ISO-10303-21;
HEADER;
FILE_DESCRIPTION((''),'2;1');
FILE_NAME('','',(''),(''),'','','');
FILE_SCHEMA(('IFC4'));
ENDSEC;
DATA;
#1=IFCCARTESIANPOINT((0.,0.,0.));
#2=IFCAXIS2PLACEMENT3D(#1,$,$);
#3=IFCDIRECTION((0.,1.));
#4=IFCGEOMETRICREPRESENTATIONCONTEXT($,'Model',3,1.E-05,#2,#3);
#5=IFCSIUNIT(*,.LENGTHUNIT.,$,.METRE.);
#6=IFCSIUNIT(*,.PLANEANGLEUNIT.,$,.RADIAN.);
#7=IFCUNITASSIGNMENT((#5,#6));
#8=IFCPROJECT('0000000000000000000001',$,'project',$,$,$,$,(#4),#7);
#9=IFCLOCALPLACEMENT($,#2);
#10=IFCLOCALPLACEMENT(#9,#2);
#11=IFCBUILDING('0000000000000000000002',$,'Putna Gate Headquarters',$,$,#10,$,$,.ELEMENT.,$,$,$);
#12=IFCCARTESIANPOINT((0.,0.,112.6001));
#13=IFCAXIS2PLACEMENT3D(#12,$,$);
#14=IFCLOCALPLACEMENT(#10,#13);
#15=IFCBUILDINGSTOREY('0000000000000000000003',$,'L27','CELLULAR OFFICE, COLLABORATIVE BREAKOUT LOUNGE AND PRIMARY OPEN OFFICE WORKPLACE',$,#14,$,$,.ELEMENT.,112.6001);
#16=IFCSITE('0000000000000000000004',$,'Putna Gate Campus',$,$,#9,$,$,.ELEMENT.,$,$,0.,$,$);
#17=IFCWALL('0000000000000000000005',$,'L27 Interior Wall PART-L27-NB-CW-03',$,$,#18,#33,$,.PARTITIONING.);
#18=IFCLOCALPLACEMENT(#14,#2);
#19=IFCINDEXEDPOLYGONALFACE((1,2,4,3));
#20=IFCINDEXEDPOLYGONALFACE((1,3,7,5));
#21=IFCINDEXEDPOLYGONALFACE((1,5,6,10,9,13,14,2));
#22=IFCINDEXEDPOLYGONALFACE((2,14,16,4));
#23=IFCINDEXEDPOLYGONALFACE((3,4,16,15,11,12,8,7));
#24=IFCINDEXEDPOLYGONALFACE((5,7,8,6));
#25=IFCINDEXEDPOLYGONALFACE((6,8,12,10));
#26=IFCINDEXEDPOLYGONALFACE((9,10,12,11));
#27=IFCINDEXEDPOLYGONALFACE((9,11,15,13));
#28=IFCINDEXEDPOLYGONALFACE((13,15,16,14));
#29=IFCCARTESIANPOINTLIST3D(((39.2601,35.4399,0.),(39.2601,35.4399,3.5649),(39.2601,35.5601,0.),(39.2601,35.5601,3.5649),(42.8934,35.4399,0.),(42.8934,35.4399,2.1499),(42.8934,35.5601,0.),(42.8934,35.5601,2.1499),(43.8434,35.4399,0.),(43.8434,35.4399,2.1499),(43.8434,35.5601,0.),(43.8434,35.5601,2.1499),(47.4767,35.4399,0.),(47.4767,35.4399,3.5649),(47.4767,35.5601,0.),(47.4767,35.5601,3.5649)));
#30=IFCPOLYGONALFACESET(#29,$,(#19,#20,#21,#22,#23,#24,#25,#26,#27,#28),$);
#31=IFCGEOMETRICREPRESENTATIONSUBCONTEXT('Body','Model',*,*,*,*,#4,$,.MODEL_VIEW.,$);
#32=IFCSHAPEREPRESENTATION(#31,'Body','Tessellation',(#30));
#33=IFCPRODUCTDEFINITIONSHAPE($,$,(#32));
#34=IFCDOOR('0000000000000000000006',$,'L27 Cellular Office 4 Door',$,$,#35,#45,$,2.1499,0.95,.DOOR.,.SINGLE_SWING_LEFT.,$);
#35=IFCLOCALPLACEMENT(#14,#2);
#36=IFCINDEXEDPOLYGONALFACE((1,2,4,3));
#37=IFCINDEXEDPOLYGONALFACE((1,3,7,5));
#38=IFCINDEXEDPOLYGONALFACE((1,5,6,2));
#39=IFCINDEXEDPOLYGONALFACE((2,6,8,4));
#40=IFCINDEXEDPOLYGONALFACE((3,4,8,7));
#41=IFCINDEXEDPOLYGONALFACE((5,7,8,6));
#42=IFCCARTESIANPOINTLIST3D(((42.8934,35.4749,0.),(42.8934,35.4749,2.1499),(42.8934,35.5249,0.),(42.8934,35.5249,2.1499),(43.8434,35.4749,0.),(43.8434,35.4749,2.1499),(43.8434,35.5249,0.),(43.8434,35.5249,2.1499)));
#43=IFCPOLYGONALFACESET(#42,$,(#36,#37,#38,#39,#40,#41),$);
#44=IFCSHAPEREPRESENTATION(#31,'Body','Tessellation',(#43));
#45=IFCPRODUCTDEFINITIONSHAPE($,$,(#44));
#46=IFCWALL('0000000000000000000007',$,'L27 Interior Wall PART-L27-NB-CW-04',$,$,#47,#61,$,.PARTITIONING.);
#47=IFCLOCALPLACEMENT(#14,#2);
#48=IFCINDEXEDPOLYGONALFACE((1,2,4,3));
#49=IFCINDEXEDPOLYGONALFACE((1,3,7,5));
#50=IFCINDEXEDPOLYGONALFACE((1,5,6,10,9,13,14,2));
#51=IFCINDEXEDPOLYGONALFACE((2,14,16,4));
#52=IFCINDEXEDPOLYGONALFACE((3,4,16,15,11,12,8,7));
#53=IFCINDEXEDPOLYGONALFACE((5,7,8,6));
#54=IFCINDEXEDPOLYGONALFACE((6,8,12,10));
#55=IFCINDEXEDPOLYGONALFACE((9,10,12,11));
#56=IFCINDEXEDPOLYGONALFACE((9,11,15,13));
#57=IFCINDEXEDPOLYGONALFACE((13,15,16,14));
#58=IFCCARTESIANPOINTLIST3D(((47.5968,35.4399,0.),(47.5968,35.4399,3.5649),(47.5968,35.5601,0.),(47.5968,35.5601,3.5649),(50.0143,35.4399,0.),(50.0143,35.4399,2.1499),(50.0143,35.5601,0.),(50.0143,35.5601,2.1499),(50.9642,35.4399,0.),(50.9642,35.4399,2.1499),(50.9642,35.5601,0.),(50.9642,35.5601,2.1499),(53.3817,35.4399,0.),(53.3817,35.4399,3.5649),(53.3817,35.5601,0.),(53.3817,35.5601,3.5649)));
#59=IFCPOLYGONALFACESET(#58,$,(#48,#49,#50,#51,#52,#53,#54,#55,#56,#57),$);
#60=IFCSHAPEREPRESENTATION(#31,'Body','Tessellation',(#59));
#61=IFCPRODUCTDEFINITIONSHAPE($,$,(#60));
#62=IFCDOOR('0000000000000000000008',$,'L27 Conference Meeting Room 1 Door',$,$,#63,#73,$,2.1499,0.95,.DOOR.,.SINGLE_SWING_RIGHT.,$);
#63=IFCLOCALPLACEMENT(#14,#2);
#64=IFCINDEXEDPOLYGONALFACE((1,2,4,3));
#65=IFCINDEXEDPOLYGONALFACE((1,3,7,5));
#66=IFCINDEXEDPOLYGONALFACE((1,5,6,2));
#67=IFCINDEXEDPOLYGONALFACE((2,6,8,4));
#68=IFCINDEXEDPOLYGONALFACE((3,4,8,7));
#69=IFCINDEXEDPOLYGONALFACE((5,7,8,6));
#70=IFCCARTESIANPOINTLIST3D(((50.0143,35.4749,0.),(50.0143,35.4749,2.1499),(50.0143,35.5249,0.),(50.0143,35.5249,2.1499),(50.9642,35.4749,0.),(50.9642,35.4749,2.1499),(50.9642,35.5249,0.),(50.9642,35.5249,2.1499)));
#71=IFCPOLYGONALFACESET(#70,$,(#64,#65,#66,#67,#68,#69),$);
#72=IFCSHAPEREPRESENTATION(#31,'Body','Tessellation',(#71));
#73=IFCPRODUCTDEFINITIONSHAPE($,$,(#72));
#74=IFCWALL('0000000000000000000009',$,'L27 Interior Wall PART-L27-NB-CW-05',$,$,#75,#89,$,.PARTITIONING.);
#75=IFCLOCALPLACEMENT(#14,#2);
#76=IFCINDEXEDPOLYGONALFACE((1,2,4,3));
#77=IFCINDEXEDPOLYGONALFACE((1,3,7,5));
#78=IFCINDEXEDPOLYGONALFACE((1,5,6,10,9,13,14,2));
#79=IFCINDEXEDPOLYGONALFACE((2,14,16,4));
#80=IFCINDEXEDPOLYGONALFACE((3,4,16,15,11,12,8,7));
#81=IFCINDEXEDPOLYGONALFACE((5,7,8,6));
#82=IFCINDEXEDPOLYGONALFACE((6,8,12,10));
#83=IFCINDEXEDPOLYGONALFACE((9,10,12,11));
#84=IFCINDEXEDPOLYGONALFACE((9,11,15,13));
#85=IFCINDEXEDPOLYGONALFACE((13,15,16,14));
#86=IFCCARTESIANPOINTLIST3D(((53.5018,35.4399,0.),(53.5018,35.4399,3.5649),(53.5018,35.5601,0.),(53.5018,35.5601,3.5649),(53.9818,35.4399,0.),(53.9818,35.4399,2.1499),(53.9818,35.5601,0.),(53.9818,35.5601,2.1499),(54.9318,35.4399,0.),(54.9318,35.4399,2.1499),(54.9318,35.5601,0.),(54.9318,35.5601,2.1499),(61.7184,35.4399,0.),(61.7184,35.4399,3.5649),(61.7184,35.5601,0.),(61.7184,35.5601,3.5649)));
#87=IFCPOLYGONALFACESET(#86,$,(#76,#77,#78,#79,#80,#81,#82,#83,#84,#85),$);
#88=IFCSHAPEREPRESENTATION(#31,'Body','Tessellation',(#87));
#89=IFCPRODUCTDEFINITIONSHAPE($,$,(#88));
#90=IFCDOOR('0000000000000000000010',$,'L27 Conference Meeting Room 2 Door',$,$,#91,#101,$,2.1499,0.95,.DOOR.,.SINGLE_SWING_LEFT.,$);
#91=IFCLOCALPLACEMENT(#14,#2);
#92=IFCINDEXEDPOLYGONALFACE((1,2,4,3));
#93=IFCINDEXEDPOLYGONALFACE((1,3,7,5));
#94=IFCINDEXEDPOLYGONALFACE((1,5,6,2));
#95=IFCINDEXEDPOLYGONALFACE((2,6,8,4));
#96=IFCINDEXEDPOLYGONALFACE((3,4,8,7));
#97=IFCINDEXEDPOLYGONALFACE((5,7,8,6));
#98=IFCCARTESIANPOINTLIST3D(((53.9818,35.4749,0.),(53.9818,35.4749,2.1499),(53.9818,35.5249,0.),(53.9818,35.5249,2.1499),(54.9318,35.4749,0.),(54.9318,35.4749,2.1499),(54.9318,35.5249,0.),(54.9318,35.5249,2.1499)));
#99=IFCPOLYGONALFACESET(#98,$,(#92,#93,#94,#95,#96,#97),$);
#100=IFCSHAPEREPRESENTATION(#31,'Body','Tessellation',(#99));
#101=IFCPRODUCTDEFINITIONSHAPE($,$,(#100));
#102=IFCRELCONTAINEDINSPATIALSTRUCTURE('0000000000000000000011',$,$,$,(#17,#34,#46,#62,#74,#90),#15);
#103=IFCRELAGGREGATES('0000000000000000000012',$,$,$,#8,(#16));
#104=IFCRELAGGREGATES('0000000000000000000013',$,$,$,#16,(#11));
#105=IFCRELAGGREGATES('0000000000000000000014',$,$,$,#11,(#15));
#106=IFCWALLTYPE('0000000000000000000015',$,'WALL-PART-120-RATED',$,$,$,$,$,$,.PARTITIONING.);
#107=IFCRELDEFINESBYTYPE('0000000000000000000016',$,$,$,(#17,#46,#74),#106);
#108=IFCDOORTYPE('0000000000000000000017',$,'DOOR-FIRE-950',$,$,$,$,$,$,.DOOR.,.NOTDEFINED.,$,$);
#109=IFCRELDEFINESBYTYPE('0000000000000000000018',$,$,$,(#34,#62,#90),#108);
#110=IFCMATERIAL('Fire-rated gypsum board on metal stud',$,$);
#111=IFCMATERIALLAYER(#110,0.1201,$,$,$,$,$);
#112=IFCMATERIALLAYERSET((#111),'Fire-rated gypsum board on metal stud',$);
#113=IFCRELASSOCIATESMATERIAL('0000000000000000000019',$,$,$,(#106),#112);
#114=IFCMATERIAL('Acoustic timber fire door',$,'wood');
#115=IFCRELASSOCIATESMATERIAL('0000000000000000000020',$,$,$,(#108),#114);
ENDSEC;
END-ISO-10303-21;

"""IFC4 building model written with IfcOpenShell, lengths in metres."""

from ifc_helpers import new_model, si_unit, direction, frame, frame_2d, origin, place, context, subcontext, project, spatial, rectangle, extrude, material, layer, layer_set, type_object, element, fill, save


model = new_model("IFC4")

# Units and contexts
model_context = context("Model", 3, precision=1e-05, world=origin(), true_north=direction((0.0, 1.0)))
body_context = subcontext(model_context, "Body", "Model", "MODEL_VIEW")
ifc_project = project(units=[si_unit("LENGTHUNIT", "METRE"), si_unit("PLANEANGLEUNIT", "RADIAN")], contexts=[model_context])

# Site, building, storey
site_placement = place(None, origin())
site = spatial("IfcSite", under=ifc_project, at=site_placement, Name="Putna Gate Campus", CompositionType="ELEMENT", RefElevation=0.0)
building_placement = place(site_placement, origin())
building = spatial("IfcBuilding", under=site, at=building_placement, Name="Putna Gate Headquarters", CompositionType="ELEMENT")
storey_placement = place(building_placement, frame((0.0, 0.0, 112.6001)))
storey = spatial("IfcBuildingStorey", under=building, at=storey_placement, Name="L27", Description="CELLULAR OFFICE, COLLABORATIVE BREAKOUT LOUNGE AND PRIMARY OPEN OFFICE WORKPLACE", CompositionType="ELEMENT", Elevation=112.6001)

# Walls, openings, doors
ifc_material_1 = material(Name="Fire-rated gypsum board on metal stud")
ifc_layer_1 = layer(ifc_material_1, 0.1201)
ifc_layer_set_1 = layer_set([ifc_layer_1], Name="Fire-rated gypsum board on metal stud")
wall_type_1 = type_object("IfcWallType", Name="WALL-PART-120-RATED", PredefinedType="PARTITIONING", material=ifc_layer_set_1)
wall_1_placement = place(storey_placement, frame((39.26, 35.5, 0.0), z_axis=(0.0, 0.0, 1.0), x_axis=(1.0, 0.0, 0.0)))
wall_1 = element("IfcWall", 1, at=wall_1_placement, inside=storey, type_object=wall_type_1, Name="L27 Interior Wall PART-L27-NB-CW-03", PredefinedType="PARTITIONING", context=body_context, shape_type="SweptSolid", body=[
    extrude(rectangle(XDim=8.2166, YDim=0.1201, at=frame_2d((4.1084, 0.0))), origin(), (0.0, 0.0, 1.0), 3.5649),
])
opening_1_placement = place(wall_1_placement, frame((3.6333, 0.0, 0.0)))
opening_1 = element("IfcOpeningElement", 2, at=opening_1_placement, cuts=wall_1, PredefinedType="OPENING", context=body_context, shape_type="SweptSolid", body=[
    extrude(rectangle(XDim=0.95, YDim=2.1499, at=frame_2d((0.4751, 1.075))), frame((0.0, 0.0701, 0.0), z_axis=(0.0, -1.0, 0.0), x_axis=(1.0, 0.0, 0.0)), (0.0, 0.0, 1.0), 0.1401),
])
ifc_material_2 = material(Name="Acoustic timber fire door", Category="wood")
door_type = type_object("IfcDoorType", Name="DOOR-FIRE-950", OperationType="NOTDEFINED", PredefinedType="DOOR", material=ifc_material_2)
door_1_placement = place(opening_1_placement, origin())
door_1 = element("IfcDoor", 3, at=door_1_placement, inside=storey, type_object=door_type, Name="L27 Cellular Office 4 Door", OperationType="SINGLE_SWING_LEFT", OverallHeight=2.1499, OverallWidth=0.95, PredefinedType="DOOR", context=body_context, shape_type="SweptSolid", body=[
    extrude(rectangle(XDim=0.95, YDim=2.1499, at=frame_2d((0.4751, 1.075))), frame((0.0, 0.0249, 0.0), z_axis=(0.0, -1.0, 0.0), x_axis=(1.0, 0.0, 0.0)), (0.0, 0.0, 1.0), 0.05),
])
fill(opening_1, door_1)
wall_2_placement = place(storey_placement, frame((47.5967, 35.5, 0.0), z_axis=(0.0, 0.0, 1.0), x_axis=(1.0, 0.0, 0.0)))
wall_2 = element("IfcWall", 4, at=wall_2_placement, inside=storey, type_object=wall_type_1, Name="L27 Interior Wall PART-L27-NB-CW-04", PredefinedType="PARTITIONING", context=body_context, shape_type="SweptSolid", body=[
    extrude(rectangle(XDim=5.7849, YDim=0.1201, at=frame_2d((2.8926, 0.0))), origin(), (0.0, 0.0, 1.0), 3.5649),
])
opening_2_placement = place(wall_2_placement, frame((2.4175, 0.0, 0.0)))
opening_2 = element("IfcOpeningElement", 5, at=opening_2_placement, cuts=wall_2, PredefinedType="OPENING", context=body_context, shape_type="SweptSolid", body=[
    extrude(rectangle(XDim=0.95, YDim=2.1499, at=frame_2d((0.4751, 1.075))), frame((0.0, 0.0701, 0.0), z_axis=(0.0, -1.0, 0.0), x_axis=(1.0, 0.0, 0.0)), (0.0, 0.0, 1.0), 0.1401),
])
door_2_placement = place(opening_2_placement, origin())
door_2 = element("IfcDoor", 6, at=door_2_placement, inside=storey, type_object=door_type, Name="L27 Conference Meeting Room 1 Door", OperationType="SINGLE_SWING_RIGHT", OverallHeight=2.1499, OverallWidth=0.95, PredefinedType="DOOR", context=body_context, shape_type="SweptSolid", body=[
    extrude(rectangle(XDim=0.95, YDim=2.1499, at=frame_2d((0.4751, 1.075))), frame((0.0, 0.0249, 0.0), z_axis=(0.0, -1.0, 0.0), x_axis=(1.0, 0.0, 0.0)), (0.0, 0.0, 1.0), 0.05),
])
fill(opening_2, door_2)
wall_3_placement = place(storey_placement, frame((53.5017, 35.5, 0.0), z_axis=(0.0, 0.0, 1.0), x_axis=(1.0, 0.0, 0.0)))
wall_3 = element("IfcWall", 7, at=wall_3_placement, inside=storey, type_object=wall_type_1, Name="L27 Interior Wall PART-L27-NB-CW-05", PredefinedType="PARTITIONING", context=body_context, shape_type="SweptSolid", body=[
    extrude(rectangle(XDim=8.2166, YDim=0.1201, at=frame_2d((4.1084, 0.0))), origin(), (0.0, 0.0, 1.0), 3.5649),
])
opening_3_placement = place(wall_3_placement, frame((0.48, 0.0, 0.0)))
opening_3 = element("IfcOpeningElement", 8, at=opening_3_placement, cuts=wall_3, PredefinedType="OPENING", context=body_context, shape_type="SweptSolid", body=[
    extrude(rectangle(XDim=0.95, YDim=2.1499, at=frame_2d((0.4751, 1.075))), frame((0.0, 0.0701, 0.0), z_axis=(0.0, -1.0, 0.0), x_axis=(1.0, 0.0, 0.0)), (0.0, 0.0, 1.0), 0.1401),
])
door_3_placement = place(opening_3_placement, origin())
door_3 = element("IfcDoor", 9, at=door_3_placement, inside=storey, type_object=door_type, Name="L27 Conference Meeting Room 2 Door", OperationType="SINGLE_SWING_LEFT", OverallHeight=2.1499, OverallWidth=0.95, PredefinedType="DOOR", context=body_context, shape_type="SweptSolid", body=[
    extrude(rectangle(XDim=0.95, YDim=2.1499, at=frame_2d((0.4751, 1.075))), frame((0.0, 0.0249, 0.0), z_axis=(0.0, -1.0, 0.0), x_axis=(1.0, 0.0, 0.0)), (0.0, 0.0, 1.0), 0.05),
])
fill(opening_3, door_3)

save(model, "model.ifc")
